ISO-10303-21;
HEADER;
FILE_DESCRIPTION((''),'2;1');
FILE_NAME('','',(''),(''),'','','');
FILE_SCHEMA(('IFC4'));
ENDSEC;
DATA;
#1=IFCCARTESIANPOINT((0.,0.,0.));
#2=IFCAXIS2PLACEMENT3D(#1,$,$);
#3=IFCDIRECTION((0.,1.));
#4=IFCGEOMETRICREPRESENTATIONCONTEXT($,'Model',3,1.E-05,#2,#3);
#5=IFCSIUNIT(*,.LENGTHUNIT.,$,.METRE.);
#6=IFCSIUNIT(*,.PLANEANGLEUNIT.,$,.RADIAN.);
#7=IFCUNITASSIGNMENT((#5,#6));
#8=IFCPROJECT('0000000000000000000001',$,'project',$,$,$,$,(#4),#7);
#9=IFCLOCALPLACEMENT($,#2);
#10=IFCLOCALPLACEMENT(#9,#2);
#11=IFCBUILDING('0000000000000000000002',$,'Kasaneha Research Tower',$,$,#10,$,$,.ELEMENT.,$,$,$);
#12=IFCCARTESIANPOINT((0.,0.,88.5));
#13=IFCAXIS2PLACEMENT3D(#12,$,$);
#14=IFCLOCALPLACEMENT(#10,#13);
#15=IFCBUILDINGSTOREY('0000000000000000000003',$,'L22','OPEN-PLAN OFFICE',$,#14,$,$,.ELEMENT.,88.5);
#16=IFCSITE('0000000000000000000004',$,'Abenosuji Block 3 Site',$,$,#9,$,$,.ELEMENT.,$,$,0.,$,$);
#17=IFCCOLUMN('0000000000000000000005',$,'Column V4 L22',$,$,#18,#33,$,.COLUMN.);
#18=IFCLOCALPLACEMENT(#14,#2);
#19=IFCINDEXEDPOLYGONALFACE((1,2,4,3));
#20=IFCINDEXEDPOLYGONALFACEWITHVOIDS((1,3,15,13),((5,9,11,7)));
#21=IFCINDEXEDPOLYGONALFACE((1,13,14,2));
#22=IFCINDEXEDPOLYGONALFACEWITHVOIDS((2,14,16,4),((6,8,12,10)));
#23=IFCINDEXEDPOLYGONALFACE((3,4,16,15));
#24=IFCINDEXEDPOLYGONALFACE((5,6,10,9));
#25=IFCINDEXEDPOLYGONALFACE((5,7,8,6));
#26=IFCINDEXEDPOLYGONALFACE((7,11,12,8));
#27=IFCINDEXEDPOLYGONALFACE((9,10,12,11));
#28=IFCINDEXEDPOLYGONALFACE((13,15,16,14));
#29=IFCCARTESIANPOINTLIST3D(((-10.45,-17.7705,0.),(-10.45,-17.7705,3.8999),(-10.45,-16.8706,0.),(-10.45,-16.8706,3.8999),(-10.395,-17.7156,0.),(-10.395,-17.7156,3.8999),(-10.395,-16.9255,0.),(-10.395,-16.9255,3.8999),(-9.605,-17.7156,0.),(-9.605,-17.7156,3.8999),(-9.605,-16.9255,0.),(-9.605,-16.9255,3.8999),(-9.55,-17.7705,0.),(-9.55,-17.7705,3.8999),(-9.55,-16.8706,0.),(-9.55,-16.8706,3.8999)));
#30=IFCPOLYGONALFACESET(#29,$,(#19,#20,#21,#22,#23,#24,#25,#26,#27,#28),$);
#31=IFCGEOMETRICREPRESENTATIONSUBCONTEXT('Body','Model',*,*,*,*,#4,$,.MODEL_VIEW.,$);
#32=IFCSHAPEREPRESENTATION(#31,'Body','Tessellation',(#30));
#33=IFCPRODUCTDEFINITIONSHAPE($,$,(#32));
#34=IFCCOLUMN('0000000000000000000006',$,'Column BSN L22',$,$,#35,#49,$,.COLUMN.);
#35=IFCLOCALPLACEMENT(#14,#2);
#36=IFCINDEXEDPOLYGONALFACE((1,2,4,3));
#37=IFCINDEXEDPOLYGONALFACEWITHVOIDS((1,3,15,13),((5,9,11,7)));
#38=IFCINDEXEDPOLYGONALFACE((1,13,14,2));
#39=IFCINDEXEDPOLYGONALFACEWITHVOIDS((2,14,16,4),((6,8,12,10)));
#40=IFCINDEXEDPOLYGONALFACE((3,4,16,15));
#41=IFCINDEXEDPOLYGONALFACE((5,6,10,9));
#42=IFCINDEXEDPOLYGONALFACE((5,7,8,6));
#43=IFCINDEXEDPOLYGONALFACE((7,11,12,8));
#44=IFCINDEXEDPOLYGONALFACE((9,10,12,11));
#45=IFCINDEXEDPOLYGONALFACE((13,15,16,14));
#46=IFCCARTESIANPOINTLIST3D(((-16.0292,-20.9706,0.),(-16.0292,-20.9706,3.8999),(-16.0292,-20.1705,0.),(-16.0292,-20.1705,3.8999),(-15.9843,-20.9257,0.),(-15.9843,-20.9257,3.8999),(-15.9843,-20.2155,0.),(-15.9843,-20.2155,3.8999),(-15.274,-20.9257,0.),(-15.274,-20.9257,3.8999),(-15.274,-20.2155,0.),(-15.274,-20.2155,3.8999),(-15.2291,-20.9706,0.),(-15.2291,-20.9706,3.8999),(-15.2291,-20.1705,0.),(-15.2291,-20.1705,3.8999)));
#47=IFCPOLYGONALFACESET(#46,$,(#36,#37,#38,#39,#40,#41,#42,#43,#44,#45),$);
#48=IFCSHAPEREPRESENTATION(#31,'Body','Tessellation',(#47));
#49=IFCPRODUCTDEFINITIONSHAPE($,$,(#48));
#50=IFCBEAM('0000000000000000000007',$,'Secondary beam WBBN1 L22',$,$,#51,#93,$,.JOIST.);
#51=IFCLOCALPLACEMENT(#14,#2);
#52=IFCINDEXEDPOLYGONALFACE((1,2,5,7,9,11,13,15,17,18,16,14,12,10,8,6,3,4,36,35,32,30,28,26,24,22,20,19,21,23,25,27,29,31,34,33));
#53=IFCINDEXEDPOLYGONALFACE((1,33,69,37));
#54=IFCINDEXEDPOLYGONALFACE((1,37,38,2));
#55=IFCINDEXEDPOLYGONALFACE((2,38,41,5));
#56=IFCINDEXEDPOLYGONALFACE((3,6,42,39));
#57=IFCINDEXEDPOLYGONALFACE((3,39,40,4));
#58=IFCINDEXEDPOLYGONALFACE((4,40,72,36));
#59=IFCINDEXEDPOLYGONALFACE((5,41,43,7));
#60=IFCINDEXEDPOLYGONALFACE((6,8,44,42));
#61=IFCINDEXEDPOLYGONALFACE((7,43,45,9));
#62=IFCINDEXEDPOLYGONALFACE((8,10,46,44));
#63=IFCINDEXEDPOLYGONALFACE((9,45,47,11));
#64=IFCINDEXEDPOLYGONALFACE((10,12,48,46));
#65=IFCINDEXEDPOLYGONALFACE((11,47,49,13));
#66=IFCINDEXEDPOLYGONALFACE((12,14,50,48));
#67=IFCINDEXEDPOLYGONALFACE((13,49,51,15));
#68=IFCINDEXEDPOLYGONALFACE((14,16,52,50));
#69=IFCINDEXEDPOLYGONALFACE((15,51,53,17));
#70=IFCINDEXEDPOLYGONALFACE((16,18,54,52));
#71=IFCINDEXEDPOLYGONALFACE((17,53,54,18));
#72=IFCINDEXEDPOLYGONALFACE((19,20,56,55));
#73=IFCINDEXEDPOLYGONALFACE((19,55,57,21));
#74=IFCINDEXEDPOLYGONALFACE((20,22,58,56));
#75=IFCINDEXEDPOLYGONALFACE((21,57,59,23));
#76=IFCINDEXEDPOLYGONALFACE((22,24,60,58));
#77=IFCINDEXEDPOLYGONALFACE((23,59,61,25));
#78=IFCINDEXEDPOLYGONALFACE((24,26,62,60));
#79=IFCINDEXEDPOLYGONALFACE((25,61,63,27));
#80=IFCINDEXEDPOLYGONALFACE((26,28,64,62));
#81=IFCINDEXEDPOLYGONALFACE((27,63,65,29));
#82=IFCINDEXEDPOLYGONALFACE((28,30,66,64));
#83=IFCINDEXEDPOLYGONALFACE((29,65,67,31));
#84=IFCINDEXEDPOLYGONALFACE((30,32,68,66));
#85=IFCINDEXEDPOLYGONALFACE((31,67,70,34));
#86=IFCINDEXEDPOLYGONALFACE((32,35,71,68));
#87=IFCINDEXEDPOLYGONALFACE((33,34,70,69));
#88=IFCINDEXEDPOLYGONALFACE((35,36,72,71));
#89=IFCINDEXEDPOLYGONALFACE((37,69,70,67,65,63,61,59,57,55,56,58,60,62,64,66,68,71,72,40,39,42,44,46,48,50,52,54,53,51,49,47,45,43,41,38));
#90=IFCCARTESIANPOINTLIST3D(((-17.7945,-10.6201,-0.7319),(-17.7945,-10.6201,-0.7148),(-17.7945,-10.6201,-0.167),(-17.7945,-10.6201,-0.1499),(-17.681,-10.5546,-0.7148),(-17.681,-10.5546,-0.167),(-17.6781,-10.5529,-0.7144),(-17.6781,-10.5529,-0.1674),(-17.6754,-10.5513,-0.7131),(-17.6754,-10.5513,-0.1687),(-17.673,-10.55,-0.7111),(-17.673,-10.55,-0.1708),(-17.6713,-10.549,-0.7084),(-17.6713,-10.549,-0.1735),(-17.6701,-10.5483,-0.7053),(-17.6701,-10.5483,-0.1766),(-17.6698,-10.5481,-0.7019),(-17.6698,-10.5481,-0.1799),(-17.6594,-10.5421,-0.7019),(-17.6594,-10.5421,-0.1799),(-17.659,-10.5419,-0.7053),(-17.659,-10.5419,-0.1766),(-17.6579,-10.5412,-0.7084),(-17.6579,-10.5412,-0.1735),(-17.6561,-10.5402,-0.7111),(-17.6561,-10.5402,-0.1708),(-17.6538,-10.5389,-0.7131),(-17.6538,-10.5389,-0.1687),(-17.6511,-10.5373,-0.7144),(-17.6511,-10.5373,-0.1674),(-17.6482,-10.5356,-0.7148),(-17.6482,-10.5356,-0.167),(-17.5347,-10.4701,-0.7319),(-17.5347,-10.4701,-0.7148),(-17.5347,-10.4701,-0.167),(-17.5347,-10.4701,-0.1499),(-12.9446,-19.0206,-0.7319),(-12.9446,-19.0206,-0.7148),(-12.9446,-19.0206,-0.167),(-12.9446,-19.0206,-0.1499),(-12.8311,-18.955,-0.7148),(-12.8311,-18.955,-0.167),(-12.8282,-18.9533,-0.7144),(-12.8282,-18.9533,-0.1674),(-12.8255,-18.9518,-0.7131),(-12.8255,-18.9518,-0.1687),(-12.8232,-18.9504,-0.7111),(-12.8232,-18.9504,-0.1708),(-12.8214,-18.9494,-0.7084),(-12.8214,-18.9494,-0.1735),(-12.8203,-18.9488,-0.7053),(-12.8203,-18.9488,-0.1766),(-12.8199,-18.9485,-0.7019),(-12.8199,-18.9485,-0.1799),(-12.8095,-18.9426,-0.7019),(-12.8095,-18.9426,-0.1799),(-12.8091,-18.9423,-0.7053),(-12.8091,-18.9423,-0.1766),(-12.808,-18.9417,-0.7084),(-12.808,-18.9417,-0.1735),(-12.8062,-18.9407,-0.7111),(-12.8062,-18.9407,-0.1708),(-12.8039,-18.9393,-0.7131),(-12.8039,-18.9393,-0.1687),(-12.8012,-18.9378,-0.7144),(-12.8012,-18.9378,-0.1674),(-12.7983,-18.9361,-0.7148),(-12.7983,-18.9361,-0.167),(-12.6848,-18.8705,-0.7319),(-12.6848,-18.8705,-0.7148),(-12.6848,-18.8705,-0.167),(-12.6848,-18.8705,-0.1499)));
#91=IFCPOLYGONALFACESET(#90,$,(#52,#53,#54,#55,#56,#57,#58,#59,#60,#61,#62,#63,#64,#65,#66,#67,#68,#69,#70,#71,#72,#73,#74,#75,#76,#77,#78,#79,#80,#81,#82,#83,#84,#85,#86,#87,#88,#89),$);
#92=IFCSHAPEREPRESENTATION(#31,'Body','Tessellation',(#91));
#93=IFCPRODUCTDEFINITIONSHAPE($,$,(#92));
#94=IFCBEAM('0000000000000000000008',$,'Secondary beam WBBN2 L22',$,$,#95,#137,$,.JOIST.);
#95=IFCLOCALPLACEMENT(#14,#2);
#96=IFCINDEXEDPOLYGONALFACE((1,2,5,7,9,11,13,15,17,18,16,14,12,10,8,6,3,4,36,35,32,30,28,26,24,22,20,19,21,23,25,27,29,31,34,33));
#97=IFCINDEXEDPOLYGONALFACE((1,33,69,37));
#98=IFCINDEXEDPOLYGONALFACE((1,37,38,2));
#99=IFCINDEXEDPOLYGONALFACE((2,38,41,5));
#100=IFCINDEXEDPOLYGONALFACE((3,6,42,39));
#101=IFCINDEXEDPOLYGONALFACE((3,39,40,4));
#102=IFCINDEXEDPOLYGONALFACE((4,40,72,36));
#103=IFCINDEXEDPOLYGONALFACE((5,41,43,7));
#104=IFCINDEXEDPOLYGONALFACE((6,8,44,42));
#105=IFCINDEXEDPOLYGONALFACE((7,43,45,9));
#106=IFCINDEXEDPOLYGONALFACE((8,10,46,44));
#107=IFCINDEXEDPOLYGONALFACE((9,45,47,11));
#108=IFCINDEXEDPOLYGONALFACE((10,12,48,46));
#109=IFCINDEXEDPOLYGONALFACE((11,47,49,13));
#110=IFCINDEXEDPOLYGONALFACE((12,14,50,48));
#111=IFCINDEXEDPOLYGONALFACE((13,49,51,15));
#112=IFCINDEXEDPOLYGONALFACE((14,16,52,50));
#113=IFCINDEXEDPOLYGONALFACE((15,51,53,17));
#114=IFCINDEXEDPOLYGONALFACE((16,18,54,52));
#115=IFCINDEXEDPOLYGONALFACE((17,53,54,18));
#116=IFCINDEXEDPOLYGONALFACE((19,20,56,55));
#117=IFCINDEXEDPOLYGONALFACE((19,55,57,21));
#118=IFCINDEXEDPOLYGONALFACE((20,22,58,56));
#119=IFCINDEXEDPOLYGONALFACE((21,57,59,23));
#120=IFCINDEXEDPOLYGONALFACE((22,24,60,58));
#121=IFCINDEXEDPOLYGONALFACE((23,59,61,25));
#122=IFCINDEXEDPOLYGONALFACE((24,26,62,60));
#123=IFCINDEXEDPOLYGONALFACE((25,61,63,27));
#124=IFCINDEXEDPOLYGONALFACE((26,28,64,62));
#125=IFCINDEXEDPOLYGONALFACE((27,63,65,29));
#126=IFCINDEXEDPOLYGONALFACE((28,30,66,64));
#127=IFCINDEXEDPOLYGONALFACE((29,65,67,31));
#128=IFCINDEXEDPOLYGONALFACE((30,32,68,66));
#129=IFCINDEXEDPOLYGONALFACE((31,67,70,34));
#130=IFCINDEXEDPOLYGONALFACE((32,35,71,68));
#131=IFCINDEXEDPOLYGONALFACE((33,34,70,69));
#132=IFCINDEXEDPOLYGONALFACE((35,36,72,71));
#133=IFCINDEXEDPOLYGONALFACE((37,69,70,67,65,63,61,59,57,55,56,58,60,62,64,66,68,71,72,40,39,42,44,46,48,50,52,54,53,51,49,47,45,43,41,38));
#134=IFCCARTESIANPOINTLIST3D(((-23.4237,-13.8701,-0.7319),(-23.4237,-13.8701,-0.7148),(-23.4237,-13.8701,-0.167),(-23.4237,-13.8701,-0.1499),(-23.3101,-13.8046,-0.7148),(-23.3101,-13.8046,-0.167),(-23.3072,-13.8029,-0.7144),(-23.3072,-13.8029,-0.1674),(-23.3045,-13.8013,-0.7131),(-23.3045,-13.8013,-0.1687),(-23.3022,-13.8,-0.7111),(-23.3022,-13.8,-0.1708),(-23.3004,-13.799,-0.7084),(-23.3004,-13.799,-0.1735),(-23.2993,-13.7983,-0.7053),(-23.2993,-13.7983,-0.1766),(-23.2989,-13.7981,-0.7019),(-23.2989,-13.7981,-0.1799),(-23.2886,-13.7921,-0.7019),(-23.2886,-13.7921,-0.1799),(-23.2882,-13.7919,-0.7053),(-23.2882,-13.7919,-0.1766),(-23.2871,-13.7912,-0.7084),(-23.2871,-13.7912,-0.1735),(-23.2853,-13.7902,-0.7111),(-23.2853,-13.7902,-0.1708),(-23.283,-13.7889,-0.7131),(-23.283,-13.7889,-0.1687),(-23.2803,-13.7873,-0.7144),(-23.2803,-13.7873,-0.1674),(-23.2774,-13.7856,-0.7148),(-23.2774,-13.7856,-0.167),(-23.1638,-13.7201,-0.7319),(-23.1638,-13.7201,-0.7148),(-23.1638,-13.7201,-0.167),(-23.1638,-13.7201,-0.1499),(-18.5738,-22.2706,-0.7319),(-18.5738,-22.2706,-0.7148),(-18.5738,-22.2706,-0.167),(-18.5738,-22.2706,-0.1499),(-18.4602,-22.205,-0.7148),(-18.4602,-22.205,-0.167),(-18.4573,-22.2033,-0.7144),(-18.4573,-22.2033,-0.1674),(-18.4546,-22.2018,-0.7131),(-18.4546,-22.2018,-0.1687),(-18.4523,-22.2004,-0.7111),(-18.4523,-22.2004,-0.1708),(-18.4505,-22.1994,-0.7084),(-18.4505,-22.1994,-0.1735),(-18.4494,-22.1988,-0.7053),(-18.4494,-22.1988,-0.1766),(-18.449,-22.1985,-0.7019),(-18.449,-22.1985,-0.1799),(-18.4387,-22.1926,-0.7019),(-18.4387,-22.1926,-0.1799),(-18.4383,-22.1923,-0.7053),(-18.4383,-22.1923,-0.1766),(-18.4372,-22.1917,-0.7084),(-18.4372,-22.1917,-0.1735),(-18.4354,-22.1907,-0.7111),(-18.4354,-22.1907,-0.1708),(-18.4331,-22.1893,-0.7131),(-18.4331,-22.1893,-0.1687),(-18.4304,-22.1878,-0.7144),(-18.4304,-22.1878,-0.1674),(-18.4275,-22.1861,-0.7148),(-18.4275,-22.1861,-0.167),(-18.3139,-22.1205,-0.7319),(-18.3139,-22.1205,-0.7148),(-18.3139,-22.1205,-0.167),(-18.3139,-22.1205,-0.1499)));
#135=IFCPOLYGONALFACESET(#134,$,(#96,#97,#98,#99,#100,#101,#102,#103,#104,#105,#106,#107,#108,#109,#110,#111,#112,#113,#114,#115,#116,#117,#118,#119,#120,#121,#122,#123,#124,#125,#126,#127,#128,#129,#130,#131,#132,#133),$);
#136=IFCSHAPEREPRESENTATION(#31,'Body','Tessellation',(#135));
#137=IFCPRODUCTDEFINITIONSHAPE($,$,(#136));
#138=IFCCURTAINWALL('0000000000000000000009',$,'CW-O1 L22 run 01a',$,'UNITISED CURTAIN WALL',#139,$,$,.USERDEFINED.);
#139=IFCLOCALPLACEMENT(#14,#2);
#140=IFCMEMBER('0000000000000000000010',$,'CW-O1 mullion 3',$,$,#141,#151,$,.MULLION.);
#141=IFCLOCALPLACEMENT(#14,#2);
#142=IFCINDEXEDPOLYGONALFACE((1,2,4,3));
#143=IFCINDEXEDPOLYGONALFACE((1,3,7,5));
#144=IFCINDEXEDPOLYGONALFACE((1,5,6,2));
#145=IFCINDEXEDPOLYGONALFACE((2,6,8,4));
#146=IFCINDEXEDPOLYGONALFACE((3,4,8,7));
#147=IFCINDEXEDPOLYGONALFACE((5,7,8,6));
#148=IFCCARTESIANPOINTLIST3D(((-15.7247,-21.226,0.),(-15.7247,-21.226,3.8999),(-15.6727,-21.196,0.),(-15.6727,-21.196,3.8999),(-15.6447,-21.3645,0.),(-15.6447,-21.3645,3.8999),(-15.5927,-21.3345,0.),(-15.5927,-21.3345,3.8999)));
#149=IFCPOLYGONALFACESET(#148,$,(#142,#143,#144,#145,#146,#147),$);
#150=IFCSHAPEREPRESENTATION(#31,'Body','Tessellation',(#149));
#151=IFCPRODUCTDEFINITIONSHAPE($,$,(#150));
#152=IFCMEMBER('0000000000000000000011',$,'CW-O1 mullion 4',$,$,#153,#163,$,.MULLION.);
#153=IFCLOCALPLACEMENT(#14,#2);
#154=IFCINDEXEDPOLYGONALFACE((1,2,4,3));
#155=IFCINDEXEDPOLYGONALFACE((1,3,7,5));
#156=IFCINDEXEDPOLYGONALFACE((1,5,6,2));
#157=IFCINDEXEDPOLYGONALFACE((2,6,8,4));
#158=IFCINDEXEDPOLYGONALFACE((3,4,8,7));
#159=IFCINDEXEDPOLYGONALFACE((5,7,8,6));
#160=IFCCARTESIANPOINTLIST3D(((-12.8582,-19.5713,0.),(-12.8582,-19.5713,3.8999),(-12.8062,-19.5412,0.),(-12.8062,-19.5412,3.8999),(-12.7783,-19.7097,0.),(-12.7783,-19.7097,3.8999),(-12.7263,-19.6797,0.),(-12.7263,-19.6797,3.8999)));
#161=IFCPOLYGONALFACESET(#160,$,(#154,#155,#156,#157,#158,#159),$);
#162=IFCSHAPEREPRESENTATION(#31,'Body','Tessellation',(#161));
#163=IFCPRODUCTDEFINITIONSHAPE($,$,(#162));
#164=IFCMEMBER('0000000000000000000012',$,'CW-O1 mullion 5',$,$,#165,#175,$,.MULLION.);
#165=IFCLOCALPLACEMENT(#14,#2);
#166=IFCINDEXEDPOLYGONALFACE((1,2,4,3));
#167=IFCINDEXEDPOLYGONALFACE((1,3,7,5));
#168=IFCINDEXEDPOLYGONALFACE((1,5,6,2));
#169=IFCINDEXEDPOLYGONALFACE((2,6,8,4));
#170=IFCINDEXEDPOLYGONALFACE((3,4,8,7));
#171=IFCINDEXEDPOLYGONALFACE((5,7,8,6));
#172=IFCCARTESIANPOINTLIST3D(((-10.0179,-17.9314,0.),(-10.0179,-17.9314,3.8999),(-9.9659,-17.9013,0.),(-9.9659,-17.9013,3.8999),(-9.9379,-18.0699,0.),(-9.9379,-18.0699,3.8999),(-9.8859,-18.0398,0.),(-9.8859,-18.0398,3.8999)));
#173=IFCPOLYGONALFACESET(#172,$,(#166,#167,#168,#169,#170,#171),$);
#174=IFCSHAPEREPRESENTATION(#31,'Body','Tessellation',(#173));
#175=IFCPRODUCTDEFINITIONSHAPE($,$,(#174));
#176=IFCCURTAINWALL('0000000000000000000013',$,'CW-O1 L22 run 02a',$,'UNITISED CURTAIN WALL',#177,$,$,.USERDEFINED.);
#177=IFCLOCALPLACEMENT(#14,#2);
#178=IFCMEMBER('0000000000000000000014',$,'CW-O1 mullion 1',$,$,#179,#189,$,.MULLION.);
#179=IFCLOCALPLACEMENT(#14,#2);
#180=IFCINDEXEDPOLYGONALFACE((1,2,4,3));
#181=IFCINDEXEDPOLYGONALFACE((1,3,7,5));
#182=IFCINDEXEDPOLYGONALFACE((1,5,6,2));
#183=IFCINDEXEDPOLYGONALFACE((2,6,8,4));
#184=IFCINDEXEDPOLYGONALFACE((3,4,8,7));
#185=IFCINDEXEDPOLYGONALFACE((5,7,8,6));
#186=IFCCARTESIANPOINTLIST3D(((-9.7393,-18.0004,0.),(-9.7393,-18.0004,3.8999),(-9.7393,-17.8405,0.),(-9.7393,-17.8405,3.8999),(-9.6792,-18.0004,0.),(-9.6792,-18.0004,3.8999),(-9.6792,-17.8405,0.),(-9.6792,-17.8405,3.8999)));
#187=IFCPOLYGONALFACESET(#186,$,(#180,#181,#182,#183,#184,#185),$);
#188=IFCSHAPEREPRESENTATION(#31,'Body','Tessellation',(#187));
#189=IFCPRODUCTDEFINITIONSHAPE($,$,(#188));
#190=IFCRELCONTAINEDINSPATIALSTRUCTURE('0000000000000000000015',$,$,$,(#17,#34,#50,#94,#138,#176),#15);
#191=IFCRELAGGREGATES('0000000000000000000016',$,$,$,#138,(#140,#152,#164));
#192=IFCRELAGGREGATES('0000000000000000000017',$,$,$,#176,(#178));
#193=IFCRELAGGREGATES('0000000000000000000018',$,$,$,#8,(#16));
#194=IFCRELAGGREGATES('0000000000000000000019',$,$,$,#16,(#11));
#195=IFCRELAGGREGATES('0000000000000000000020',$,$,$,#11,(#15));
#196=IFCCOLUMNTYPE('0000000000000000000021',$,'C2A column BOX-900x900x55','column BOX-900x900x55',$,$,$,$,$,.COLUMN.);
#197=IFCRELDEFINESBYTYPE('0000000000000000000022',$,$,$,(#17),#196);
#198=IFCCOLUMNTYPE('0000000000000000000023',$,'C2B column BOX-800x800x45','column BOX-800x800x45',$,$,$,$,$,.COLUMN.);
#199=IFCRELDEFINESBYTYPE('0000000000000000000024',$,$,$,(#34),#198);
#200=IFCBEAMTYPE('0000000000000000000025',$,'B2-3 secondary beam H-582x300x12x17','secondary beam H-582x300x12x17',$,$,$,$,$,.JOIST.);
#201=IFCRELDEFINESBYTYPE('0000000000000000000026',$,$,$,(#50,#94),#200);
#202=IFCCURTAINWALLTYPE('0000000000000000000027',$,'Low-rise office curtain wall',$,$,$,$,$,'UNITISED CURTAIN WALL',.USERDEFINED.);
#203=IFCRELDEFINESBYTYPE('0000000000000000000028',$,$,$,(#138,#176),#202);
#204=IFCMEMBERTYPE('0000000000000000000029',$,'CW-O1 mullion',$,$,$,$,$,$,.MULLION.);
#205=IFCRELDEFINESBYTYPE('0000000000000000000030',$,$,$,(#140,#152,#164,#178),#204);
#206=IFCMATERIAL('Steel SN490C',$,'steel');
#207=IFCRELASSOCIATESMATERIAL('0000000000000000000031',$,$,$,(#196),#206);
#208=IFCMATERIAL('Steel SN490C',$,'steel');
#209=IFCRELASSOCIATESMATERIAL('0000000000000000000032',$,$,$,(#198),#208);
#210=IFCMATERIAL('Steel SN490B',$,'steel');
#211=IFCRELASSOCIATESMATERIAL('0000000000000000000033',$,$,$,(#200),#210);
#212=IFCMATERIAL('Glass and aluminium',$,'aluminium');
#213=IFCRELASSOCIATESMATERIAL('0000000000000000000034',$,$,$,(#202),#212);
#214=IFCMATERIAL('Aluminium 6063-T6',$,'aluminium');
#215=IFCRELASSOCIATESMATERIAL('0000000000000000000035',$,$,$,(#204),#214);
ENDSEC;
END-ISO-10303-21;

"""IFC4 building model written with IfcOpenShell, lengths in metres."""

from ifc_helpers import new_model, si_unit, direction, frame, origin, origin_2d, place, context, subcontext, project, spatial, rectangle, hollow_rectangle, i_section, extrude, material, material_profile, profile_set, type_object, element, aggregate, save


model = new_model("IFC4")

# Units and contexts
model_context = context("Model", 3, precision=1e-05, world=origin(), true_north=direction((0.0, 1.0)))
body_context = subcontext(model_context, "Body", "Model", "MODEL_VIEW")
ifc_project = project(units=[si_unit("LENGTHUNIT", "METRE"), si_unit("PLANEANGLEUNIT", "RADIAN")], contexts=[model_context])

# Site, building, storey
site_placement = place(None, origin())
site = spatial("IfcSite", under=ifc_project, at=site_placement, Name="Abenosuji Block 3 Site", CompositionType="ELEMENT", RefElevation=0.0)
building_placement = place(site_placement, origin())
building = spatial("IfcBuilding", under=site, at=building_placement, Name="Kasaneha Research Tower", CompositionType="ELEMENT")
storey_placement = place(building_placement, frame((0.0, 0.0, 88.5)))
storey = spatial("IfcBuildingStorey", under=building, at=storey_placement, Name="L22", Description="OPEN-PLAN OFFICE", CompositionType="ELEMENT", Elevation=88.5)

# Columns
ifc_material_1 = material(Name="Steel SN490C", Category="steel")
ifc_material_profile_1 = material_profile(ifc_material_1, hollow_rectangle(XDim=0.8999, YDim=0.8999, WallThickness=0.0549, at=origin_2d()), Name="BOX-900x900x55")
ifc_profile_set_1 = profile_set([ifc_material_profile_1], Name="Steel SN490C")
column_type_1 = type_object("IfcColumnType", Name="C2A column BOX-900x900x55", Description="column BOX-900x900x55", PredefinedType="COLUMN", material=ifc_profile_set_1)
column_1_placement = place(storey_placement, frame((-10.0, -17.3206, 0.0), z_axis=(0.0, 0.0, 1.0), x_axis=(1.0, 0.0, 0.0)))
element("IfcColumn", 1, at=column_1_placement, inside=storey, type_object=column_type_1, Name="Column V4 L22", PredefinedType="COLUMN", context=body_context, shape_type="SweptSolid", body=[
    extrude(hollow_rectangle(XDim=0.8999, YDim=0.8999, WallThickness=0.0549, at=origin_2d()), origin(), (0.0, 0.0, 1.0), 3.8999),
])
ifc_material_2 = material(Name="Steel SN490C", Category="steel")
ifc_material_profile_2 = material_profile(ifc_material_2, hollow_rectangle(XDim=0.8, YDim=0.8, WallThickness=0.0449, at=origin_2d()), Name="BOX-800x800x45")
ifc_profile_set_2 = profile_set([ifc_material_profile_2], Name="Steel SN490C")
column_type_2 = type_object("IfcColumnType", Name="C2B column BOX-800x800x45", Description="column BOX-800x800x45", PredefinedType="COLUMN", material=ifc_profile_set_2)
column_2_placement = place(storey_placement, frame((-15.6292, -20.5706, 0.0), z_axis=(0.0, 0.0, 1.0), x_axis=(1.0, 0.0, 0.0)))
element("IfcColumn", 2, at=column_2_placement, inside=storey, type_object=column_type_2, Name="Column BSN L22", PredefinedType="COLUMN", context=body_context, shape_type="SweptSolid", body=[
    extrude(hollow_rectangle(XDim=0.8, YDim=0.8, WallThickness=0.0449, at=origin_2d()), origin(), (0.0, 0.0, 1.0), 3.8999),
])

# Beams
ifc_material_3 = material(Name="Steel SN490B", Category="steel")
ifc_material_profile_3 = material_profile(ifc_material_3, i_section(OverallWidth=0.3, OverallDepth=0.582, WebThickness=0.012, FlangeThickness=0.0171, FilletRadius=0.0129, at=origin_2d()), Name="H-582x300x12x17")
ifc_profile_set_3 = profile_set([ifc_material_profile_3], Name="Steel SN490B")
beam_type_1 = type_object("IfcBeamType", Name="B2-3 secondary beam H-582x300x12x17", Description="secondary beam H-582x300x12x17", PredefinedType="JOIST", material=ifc_profile_set_3)
for number, where, z_axis, x_axis, name in (
    (3, (-12.8147, -18.9456, -0.4409), (-0.499991, 0.866031, 0.0), (-0.866031, -0.499991, 0.0), "Secondary beam WBBN1 L22"),
    (4, (-18.4438, -22.1956, -0.4409), (-0.499991, 0.866031, 0.0), (-0.866031, -0.499991, 0.0), "Secondary beam WBBN2 L22"),
):
    element("IfcBeam", number, at=place(storey_placement, frame(where, z_axis=z_axis, x_axis=x_axis)), inside=storey, type_object=beam_type_1, Name=name, PredefinedType="JOIST", context=body_context, shape_type="SweptSolid", body=[
        extrude(i_section(OverallWidth=0.3, OverallDepth=0.582, WebThickness=0.012, FlangeThickness=0.0171, FilletRadius=0.0129, at=origin_2d()), origin(), (0.0, 0.0, 1.0), 9.7),
    ])

# Curtain walls, members
ifc_material_4 = material(Name="Glass and aluminium", Category="aluminium")
curtain_wall_type = type_object("IfcCurtainWallType", Name="Low-rise office curtain wall", ElementType="UNITISED CURTAIN WALL", PredefinedType="USERDEFINED", material=ifc_material_4)
curtain_wall_1_placement = place(storey_placement, origin())
curtain_wall_1 = element("IfcCurtainWall", 5, at=curtain_wall_1_placement, inside=storey, type_object=curtain_wall_type, Name="CW-O1 L22 run 01a", ObjectType="UNITISED CURTAIN WALL", PredefinedType="USERDEFINED")
ifc_material_5 = material(Name="Aluminium 6063-T6", Category="aluminium")
ifc_material_profile_4 = material_profile(ifc_material_5, rectangle(XDim=0.0601, YDim=0.1599, at=origin_2d()), Name="CW-O1 mullion 60x160")
ifc_profile_set_4 = profile_set([ifc_material_profile_4], Name="Aluminium 6063-T6")
member_type_1 = type_object("IfcMemberType", Name="CW-O1 mullion", PredefinedType="MULLION", material=ifc_profile_set_4)
member_1_placement = place(storey_placement, frame((-15.6587, -21.2803, 0.0), z_axis=(0.0, 0.0, 1.0), x_axis=(0.866025, 0.5, 0.0)))
member_1 = element("IfcMember", 6, at=member_1_placement, type_object=member_type_1, Name="CW-O1 mullion 3", PredefinedType="MULLION", context=body_context, shape_type="SweptSolid", body=[
    extrude(rectangle(XDim=0.0601, YDim=0.1599, at=origin_2d()), origin(), (0.0, 0.0, 1.0), 3.8999),
])
member_2_placement = place(storey_placement, frame((-12.7922, -19.6255, 0.0), z_axis=(0.0, 0.0, 1.0), x_axis=(0.866025, 0.5, 0.0)))
member_2 = element("IfcMember", 7, at=member_2_placement, type_object=member_type_1, Name="CW-O1 mullion 4", PredefinedType="MULLION", context=body_context, shape_type="SweptSolid", body=[
    extrude(rectangle(XDim=0.0601, YDim=0.1599, at=origin_2d()), origin(), (0.0, 0.0, 1.0), 3.8999),
])
member_3_placement = place(storey_placement, frame((-9.9519, -17.9856, 0.0), z_axis=(0.0, 0.0, 1.0), x_axis=(0.866025, 0.5, 0.0)))
member_3 = element("IfcMember", 8, at=member_3_placement, type_object=member_type_1, Name="CW-O1 mullion 5", PredefinedType="MULLION", context=body_context, shape_type="SweptSolid", body=[
    extrude(rectangle(XDim=0.0601, YDim=0.1599, at=origin_2d()), origin(), (0.0, 0.0, 1.0), 3.8999),
])
curtain_wall_2_placement = place(storey_placement, origin())
curtain_wall_2 = element("IfcCurtainWall", 9, at=curtain_wall_2_placement, inside=storey, type_object=curtain_wall_type, Name="CW-O1 L22 run 02a", ObjectType="UNITISED CURTAIN WALL", PredefinedType="USERDEFINED")
member_4_placement = place(storey_placement, frame((-9.7092, -17.9204, 0.0), z_axis=(0.0, 0.0, 1.0), x_axis=(1.0, 0.0, 0.0)))
member_4 = element("IfcMember", 10, at=member_4_placement, type_object=member_type_1, Name="CW-O1 mullion 1", PredefinedType="MULLION", context=body_context, shape_type="SweptSolid", body=[
    extrude(rectangle(XDim=0.0601, YDim=0.1599, at=origin_2d()), origin(), (0.0, 0.0, 1.0), 3.8999),
])

aggregate(curtain_wall_1, [member_1, member_2, member_3])
aggregate(curtain_wall_2, [member_4])

save(model, "model.ifc")
